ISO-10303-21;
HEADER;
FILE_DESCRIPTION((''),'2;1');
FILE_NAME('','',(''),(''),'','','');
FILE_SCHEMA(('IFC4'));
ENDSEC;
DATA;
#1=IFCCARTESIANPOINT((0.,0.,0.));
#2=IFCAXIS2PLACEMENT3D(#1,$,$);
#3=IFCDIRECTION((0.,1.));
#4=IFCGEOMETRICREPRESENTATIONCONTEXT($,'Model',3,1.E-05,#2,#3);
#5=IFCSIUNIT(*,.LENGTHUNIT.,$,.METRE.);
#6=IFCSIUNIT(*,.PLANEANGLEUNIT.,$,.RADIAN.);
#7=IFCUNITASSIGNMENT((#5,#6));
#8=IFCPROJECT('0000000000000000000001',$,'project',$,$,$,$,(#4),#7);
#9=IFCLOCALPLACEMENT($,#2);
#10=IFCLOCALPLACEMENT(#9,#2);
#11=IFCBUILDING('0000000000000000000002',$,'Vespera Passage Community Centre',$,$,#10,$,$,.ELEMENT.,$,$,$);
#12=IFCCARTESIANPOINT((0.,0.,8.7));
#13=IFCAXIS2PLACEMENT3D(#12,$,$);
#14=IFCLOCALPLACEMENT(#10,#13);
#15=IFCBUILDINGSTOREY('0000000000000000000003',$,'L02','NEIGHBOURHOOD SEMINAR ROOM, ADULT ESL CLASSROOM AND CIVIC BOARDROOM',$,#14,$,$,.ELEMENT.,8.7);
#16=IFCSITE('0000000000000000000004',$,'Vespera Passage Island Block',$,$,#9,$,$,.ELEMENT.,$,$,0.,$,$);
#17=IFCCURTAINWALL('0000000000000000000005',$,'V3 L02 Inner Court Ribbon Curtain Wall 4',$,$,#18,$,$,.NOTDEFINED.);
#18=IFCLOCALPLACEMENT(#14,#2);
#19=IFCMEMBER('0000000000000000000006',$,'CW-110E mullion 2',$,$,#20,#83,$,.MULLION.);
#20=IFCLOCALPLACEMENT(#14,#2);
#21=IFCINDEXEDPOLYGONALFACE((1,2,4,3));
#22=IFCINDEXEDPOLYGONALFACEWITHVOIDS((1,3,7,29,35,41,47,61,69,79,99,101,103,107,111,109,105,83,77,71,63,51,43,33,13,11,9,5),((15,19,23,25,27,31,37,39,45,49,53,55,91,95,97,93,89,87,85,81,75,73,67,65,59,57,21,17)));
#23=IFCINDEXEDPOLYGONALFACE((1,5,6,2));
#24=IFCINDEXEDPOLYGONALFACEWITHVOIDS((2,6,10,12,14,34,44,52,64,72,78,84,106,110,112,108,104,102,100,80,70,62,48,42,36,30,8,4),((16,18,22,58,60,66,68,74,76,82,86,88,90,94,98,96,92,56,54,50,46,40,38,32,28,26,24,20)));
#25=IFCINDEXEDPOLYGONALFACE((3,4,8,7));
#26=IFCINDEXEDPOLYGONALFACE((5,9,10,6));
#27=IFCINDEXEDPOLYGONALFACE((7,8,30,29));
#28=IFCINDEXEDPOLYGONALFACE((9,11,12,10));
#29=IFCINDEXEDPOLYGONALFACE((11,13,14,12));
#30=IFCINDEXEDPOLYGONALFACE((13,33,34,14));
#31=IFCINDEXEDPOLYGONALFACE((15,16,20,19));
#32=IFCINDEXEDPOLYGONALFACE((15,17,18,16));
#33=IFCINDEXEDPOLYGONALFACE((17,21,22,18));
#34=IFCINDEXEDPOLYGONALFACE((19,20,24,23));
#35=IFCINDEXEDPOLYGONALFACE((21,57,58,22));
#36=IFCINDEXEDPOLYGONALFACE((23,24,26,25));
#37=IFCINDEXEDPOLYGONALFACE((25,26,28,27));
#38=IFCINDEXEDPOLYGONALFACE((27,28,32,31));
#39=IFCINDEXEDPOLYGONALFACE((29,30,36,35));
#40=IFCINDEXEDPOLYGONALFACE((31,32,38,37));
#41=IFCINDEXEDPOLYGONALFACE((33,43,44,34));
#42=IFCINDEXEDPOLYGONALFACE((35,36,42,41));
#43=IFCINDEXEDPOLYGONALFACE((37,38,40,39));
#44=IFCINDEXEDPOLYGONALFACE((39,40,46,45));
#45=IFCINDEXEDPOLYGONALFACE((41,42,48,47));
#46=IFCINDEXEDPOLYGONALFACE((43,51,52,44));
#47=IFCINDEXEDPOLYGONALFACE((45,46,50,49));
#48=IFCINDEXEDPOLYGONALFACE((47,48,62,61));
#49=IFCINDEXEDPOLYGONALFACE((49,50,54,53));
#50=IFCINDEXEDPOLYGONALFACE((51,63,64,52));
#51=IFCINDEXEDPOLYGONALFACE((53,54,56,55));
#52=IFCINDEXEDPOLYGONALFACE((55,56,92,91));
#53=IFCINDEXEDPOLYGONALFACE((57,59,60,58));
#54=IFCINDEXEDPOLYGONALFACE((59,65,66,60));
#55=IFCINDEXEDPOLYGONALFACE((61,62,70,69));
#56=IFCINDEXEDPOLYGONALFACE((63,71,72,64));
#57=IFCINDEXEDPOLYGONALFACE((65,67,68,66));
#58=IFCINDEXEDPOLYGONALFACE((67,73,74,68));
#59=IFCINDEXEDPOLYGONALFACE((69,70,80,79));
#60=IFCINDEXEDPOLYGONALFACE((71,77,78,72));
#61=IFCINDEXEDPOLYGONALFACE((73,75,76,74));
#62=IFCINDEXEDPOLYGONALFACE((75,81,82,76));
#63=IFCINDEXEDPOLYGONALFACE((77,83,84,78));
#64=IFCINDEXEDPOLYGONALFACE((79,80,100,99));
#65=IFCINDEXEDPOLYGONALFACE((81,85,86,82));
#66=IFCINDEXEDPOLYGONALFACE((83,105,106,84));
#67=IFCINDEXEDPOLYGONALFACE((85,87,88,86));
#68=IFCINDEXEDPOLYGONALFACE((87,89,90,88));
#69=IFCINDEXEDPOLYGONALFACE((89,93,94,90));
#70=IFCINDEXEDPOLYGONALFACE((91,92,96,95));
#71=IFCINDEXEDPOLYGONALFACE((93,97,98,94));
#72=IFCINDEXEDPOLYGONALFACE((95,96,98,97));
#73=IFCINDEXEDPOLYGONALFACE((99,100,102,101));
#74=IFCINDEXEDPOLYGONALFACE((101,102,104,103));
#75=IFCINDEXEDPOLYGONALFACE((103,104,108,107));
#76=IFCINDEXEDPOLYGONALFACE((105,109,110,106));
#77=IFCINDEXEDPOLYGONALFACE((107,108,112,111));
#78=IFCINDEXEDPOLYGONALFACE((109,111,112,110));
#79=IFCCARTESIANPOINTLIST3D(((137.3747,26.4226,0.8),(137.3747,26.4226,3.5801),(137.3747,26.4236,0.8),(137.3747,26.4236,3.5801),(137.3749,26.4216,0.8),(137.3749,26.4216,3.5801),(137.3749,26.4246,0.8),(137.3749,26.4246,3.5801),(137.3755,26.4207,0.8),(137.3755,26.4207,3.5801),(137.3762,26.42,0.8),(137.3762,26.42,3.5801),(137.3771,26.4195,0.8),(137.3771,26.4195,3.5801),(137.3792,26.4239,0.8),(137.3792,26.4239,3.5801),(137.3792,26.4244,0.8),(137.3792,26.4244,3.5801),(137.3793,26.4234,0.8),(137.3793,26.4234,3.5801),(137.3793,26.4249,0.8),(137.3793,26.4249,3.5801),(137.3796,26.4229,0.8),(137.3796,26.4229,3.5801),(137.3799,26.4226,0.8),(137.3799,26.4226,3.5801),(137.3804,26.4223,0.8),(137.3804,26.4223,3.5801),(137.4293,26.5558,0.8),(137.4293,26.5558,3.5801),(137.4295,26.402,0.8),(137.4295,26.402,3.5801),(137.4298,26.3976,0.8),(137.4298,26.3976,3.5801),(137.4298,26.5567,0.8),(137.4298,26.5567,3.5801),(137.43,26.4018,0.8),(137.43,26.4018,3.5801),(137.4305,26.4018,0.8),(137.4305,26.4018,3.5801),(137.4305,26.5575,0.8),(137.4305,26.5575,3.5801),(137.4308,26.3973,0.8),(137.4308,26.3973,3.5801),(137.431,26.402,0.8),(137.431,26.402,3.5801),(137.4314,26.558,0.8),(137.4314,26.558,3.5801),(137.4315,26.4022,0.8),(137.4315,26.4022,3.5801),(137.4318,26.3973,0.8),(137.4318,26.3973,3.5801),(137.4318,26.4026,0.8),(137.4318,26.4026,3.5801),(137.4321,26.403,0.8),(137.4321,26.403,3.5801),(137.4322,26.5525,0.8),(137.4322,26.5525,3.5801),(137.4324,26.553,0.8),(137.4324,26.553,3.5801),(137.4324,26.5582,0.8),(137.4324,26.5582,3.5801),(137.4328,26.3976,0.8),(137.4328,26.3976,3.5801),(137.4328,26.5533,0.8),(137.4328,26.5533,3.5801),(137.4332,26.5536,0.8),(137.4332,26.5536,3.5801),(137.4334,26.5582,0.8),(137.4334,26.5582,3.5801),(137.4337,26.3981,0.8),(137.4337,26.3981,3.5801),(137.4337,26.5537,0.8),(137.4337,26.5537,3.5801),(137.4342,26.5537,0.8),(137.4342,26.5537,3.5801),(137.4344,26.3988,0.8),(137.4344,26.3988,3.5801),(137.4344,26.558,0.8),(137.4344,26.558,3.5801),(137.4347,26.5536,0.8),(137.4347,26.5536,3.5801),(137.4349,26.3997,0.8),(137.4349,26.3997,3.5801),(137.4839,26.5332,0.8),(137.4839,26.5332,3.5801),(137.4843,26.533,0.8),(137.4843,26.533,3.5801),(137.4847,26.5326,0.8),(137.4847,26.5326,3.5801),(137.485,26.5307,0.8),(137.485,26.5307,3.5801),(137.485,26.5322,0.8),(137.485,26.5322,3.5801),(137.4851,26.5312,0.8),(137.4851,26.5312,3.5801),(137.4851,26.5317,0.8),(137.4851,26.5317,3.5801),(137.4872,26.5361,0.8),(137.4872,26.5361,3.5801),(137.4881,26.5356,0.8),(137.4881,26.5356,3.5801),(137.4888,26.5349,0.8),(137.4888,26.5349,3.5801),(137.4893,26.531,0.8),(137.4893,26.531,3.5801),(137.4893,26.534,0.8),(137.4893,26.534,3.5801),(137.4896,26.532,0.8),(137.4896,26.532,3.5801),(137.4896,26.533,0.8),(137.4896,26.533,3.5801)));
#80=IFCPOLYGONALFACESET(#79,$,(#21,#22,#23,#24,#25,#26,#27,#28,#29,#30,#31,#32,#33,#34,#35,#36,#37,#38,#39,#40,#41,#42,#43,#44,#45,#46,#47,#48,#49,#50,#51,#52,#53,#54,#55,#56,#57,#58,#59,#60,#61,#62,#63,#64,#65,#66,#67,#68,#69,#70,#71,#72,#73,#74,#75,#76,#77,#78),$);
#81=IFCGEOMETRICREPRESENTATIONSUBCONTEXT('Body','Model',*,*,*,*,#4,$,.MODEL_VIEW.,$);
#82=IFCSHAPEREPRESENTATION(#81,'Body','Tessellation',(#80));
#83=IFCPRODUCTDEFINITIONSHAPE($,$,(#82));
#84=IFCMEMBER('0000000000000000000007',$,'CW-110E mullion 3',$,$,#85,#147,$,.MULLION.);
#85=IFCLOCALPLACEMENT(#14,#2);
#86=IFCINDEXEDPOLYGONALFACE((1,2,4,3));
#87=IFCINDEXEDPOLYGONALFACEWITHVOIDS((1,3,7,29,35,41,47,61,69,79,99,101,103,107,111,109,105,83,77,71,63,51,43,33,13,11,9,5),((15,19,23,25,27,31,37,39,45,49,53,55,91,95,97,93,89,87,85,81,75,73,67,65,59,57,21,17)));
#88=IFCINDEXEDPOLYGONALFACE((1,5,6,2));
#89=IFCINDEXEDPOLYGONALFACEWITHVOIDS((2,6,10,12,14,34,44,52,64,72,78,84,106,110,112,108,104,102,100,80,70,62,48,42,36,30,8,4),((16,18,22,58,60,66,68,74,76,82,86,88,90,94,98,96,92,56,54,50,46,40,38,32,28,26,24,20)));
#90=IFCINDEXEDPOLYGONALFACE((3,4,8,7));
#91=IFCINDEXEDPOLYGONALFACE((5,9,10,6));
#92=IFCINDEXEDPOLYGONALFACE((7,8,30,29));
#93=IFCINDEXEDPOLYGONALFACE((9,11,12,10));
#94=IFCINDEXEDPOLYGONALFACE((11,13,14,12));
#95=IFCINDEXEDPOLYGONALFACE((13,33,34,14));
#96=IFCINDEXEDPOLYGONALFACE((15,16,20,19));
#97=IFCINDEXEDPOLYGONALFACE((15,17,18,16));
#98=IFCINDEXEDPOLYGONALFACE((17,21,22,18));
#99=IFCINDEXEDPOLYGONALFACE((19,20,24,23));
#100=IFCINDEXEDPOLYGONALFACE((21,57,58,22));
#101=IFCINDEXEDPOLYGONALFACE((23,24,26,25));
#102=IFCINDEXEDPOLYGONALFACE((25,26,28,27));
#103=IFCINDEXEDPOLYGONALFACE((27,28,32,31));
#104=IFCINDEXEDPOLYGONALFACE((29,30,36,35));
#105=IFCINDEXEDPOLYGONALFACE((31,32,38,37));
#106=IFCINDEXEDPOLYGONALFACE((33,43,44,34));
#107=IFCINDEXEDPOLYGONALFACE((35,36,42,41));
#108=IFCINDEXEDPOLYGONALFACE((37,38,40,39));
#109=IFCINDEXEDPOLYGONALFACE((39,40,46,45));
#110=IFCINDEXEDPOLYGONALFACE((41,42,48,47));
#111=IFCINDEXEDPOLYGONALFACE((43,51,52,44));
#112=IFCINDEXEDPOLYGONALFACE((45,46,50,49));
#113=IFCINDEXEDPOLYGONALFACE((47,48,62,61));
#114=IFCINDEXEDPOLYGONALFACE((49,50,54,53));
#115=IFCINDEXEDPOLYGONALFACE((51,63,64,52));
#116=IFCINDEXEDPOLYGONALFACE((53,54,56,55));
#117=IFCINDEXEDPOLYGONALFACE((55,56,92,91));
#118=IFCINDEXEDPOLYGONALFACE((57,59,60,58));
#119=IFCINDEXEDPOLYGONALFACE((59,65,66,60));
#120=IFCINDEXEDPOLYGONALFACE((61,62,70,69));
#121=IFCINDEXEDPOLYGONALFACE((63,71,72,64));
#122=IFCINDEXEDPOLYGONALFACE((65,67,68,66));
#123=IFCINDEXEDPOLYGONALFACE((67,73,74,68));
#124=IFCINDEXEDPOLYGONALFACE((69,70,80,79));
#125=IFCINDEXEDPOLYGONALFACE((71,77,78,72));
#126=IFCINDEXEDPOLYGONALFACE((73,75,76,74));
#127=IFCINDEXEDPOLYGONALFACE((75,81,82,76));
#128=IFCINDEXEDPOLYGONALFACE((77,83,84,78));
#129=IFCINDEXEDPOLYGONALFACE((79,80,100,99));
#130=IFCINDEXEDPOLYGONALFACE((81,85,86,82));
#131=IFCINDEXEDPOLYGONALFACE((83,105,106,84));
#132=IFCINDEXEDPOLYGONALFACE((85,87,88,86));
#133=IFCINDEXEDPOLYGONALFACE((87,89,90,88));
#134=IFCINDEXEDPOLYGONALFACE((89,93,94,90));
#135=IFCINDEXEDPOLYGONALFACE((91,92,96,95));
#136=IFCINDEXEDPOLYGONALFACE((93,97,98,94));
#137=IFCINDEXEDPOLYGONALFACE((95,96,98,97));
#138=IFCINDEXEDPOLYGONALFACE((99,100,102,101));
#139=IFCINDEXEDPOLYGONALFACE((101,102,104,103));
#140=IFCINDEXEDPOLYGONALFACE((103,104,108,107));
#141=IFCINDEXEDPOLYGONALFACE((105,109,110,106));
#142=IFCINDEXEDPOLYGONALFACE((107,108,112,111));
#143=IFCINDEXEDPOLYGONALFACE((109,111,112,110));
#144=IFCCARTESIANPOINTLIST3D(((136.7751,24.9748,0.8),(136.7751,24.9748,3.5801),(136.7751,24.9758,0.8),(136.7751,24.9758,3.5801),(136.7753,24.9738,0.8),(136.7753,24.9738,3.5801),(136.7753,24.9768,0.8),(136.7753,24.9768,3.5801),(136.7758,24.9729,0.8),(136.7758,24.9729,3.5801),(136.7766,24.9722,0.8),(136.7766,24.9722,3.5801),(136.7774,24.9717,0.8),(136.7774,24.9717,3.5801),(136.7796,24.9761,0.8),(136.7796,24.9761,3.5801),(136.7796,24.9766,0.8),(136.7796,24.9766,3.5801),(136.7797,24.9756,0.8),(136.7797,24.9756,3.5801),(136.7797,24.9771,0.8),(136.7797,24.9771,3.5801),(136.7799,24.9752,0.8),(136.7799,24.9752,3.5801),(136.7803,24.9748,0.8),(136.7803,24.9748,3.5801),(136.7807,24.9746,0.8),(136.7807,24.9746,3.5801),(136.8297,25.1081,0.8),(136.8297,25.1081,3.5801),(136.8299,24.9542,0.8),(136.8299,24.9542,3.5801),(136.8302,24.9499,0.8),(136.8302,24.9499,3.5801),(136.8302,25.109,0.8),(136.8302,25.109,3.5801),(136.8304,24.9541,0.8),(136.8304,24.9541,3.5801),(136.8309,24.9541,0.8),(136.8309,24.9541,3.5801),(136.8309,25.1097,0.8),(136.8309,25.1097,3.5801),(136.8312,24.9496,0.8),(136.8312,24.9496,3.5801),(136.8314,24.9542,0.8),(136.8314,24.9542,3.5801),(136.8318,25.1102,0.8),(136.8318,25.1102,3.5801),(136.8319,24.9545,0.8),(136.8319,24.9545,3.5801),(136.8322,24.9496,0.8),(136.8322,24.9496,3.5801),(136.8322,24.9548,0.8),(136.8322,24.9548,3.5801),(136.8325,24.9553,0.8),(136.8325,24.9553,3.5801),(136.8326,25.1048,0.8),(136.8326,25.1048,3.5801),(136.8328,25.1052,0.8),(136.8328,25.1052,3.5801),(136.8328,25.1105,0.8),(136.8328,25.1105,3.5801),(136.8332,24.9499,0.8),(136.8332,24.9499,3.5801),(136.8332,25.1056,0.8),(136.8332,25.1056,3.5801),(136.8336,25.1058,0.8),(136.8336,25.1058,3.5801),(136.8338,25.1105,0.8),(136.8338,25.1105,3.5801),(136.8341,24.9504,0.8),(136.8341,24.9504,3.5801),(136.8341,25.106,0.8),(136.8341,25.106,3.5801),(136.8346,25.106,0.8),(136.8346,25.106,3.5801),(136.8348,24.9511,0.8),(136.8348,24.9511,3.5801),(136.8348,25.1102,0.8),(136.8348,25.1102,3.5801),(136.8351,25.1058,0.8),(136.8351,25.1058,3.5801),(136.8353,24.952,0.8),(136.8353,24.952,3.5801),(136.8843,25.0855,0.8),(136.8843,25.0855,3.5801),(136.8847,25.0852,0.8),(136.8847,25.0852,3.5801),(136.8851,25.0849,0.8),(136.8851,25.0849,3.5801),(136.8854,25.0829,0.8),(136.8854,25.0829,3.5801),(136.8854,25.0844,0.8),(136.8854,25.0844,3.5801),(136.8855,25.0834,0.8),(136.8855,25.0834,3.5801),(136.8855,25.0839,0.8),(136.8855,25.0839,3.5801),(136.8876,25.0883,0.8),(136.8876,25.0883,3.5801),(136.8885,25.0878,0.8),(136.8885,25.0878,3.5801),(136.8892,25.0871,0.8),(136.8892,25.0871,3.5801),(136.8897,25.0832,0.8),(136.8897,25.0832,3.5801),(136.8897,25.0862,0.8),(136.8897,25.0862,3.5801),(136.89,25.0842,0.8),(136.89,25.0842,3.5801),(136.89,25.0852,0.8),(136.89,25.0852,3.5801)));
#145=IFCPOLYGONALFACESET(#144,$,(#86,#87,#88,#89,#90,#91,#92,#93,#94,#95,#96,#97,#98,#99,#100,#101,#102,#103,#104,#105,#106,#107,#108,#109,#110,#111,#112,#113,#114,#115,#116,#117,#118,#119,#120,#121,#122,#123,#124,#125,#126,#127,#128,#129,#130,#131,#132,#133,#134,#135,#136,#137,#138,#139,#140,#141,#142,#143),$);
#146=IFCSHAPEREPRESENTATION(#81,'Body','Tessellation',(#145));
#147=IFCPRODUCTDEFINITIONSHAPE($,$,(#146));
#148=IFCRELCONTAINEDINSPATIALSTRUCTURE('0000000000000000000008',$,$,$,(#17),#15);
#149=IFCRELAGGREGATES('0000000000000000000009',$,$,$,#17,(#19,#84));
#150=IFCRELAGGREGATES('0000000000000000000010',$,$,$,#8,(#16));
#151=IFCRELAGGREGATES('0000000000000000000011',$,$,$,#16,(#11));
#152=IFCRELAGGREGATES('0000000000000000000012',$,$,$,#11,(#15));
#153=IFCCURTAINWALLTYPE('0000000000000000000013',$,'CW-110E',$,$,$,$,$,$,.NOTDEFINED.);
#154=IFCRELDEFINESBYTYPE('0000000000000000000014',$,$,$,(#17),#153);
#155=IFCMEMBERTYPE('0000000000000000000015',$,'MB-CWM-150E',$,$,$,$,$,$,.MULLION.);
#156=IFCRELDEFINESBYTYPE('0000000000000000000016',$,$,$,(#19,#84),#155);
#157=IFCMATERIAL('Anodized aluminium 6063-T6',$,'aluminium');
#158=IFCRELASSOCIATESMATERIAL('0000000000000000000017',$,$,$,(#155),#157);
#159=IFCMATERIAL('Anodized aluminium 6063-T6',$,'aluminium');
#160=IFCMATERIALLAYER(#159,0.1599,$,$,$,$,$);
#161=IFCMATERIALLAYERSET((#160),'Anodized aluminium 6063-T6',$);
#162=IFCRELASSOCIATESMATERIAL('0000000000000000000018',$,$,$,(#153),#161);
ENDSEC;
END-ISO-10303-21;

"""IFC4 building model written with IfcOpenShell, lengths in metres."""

from ifc_helpers import new_model, si_unit, direction, frame, origin, origin_2d, place, context, subcontext, project, spatial, hollow_rectangle, extrude, material, layer, layer_set, material_profile, profile_set, type_object, element, aggregate, save


model = new_model("IFC4")

# Units and contexts
model_context = context("Model", 3, precision=1e-05, world=origin(), true_north=direction((0.0, 1.0)))
body_context = subcontext(model_context, "Body", "Model", "MODEL_VIEW")
ifc_project = project(units=[si_unit("LENGTHUNIT", "METRE"), si_unit("PLANEANGLEUNIT", "RADIAN")], contexts=[model_context])

# Site, building, storey
site_placement = place(None, origin())
site = spatial("IfcSite", under=ifc_project, at=site_placement, Name="Vespera Passage Island Block", CompositionType="ELEMENT", RefElevation=0.0)
building_placement = place(site_placement, origin())
building = spatial("IfcBuilding", under=site, at=building_placement, Name="Vespera Passage Community Centre", CompositionType="ELEMENT")
storey_placement = place(building_placement, frame((0.0, 0.0, 8.7)))
storey = spatial("IfcBuildingStorey", under=building, at=storey_placement, Name="L02", Description="NEIGHBOURHOOD SEMINAR ROOM, ADULT ESL CLASSROOM AND CIVIC BOARDROOM", CompositionType="ELEMENT", Elevation=8.7)

# Shared definitions
ifc_material_1 = material(Name="Anodized aluminium 6063-T6", Category="aluminium")
ifc_material_profile_1 = material_profile(ifc_material_1, hollow_rectangle(XDim=0.0649, YDim=0.1499, WallThickness=0.0039, InnerFilletRadius=0.002, OuterFilletRadius=0.0039, at=origin_2d()), Name="ALU150X65X4")
ifc_profile_set_1 = profile_set([ifc_material_profile_1], Name="Anodized aluminium 6063-T6")
member_type_1 = type_object("IfcMemberType", Name="MB-CWM-150E", PredefinedType="MULLION", material=ifc_profile_set_1)
ifc_material_2 = material(Name="Anodized aluminium 6063-T6", Category="aluminium")
ifc_layer_1 = layer(ifc_material_2, 0.1599)
ifc_layer_set_1 = layer_set([ifc_layer_1], Name="Anodized aluminium 6063-T6")
curtain_wall_type_1 = type_object("IfcCurtainWallType", Name="CW-110E", PredefinedType="NOTDEFINED", material=ifc_layer_set_1)

# Curtain wall, members
curtain_wall_1_placement = place(storey_placement, origin())
curtain_wall_1 = element("IfcCurtainWall", 1, at=curtain_wall_1_placement, inside=storey, type_object=curtain_wall_type_1, Name="V3 L02 Inner Court Ribbon Curtain Wall 4", PredefinedType="NOTDEFINED")
member_1_placement = place(storey_placement, frame((137.4321, 26.4778, 0.8), z_axis=(0.0, 0.0, 1.0), x_axis=(0.923879, -0.382686, 0.0)))
member_1 = element("IfcMember", 2, at=member_1_placement, type_object=member_type_1, Name="CW-110E mullion 2", PredefinedType="MULLION", context=body_context, shape_type="SweptSolid", body=[
    extrude(hollow_rectangle(XDim=0.0649, YDim=0.1499, WallThickness=0.0039, InnerFilletRadius=0.002, OuterFilletRadius=0.0039, at=origin_2d()), origin(), (0.0, 0.0, 1.0), 2.78),
])
member_2_placement = place(storey_placement, frame((136.8325, 25.03, 0.8), z_axis=(0.0, 0.0, 1.0), x_axis=(0.923879, -0.382686, 0.0)))
member_2 = element("IfcMember", 3, at=member_2_placement, type_object=member_type_1, Name="CW-110E mullion 3", PredefinedType="MULLION", context=body_context, shape_type="SweptSolid", body=[
    extrude(hollow_rectangle(XDim=0.0649, YDim=0.1499, WallThickness=0.0039, InnerFilletRadius=0.002, OuterFilletRadius=0.0039, at=origin_2d()), origin(), (0.0, 0.0, 1.0), 2.78),
])

aggregate(curtain_wall_1, [member_1, member_2])

save(model, "model.ifc")
